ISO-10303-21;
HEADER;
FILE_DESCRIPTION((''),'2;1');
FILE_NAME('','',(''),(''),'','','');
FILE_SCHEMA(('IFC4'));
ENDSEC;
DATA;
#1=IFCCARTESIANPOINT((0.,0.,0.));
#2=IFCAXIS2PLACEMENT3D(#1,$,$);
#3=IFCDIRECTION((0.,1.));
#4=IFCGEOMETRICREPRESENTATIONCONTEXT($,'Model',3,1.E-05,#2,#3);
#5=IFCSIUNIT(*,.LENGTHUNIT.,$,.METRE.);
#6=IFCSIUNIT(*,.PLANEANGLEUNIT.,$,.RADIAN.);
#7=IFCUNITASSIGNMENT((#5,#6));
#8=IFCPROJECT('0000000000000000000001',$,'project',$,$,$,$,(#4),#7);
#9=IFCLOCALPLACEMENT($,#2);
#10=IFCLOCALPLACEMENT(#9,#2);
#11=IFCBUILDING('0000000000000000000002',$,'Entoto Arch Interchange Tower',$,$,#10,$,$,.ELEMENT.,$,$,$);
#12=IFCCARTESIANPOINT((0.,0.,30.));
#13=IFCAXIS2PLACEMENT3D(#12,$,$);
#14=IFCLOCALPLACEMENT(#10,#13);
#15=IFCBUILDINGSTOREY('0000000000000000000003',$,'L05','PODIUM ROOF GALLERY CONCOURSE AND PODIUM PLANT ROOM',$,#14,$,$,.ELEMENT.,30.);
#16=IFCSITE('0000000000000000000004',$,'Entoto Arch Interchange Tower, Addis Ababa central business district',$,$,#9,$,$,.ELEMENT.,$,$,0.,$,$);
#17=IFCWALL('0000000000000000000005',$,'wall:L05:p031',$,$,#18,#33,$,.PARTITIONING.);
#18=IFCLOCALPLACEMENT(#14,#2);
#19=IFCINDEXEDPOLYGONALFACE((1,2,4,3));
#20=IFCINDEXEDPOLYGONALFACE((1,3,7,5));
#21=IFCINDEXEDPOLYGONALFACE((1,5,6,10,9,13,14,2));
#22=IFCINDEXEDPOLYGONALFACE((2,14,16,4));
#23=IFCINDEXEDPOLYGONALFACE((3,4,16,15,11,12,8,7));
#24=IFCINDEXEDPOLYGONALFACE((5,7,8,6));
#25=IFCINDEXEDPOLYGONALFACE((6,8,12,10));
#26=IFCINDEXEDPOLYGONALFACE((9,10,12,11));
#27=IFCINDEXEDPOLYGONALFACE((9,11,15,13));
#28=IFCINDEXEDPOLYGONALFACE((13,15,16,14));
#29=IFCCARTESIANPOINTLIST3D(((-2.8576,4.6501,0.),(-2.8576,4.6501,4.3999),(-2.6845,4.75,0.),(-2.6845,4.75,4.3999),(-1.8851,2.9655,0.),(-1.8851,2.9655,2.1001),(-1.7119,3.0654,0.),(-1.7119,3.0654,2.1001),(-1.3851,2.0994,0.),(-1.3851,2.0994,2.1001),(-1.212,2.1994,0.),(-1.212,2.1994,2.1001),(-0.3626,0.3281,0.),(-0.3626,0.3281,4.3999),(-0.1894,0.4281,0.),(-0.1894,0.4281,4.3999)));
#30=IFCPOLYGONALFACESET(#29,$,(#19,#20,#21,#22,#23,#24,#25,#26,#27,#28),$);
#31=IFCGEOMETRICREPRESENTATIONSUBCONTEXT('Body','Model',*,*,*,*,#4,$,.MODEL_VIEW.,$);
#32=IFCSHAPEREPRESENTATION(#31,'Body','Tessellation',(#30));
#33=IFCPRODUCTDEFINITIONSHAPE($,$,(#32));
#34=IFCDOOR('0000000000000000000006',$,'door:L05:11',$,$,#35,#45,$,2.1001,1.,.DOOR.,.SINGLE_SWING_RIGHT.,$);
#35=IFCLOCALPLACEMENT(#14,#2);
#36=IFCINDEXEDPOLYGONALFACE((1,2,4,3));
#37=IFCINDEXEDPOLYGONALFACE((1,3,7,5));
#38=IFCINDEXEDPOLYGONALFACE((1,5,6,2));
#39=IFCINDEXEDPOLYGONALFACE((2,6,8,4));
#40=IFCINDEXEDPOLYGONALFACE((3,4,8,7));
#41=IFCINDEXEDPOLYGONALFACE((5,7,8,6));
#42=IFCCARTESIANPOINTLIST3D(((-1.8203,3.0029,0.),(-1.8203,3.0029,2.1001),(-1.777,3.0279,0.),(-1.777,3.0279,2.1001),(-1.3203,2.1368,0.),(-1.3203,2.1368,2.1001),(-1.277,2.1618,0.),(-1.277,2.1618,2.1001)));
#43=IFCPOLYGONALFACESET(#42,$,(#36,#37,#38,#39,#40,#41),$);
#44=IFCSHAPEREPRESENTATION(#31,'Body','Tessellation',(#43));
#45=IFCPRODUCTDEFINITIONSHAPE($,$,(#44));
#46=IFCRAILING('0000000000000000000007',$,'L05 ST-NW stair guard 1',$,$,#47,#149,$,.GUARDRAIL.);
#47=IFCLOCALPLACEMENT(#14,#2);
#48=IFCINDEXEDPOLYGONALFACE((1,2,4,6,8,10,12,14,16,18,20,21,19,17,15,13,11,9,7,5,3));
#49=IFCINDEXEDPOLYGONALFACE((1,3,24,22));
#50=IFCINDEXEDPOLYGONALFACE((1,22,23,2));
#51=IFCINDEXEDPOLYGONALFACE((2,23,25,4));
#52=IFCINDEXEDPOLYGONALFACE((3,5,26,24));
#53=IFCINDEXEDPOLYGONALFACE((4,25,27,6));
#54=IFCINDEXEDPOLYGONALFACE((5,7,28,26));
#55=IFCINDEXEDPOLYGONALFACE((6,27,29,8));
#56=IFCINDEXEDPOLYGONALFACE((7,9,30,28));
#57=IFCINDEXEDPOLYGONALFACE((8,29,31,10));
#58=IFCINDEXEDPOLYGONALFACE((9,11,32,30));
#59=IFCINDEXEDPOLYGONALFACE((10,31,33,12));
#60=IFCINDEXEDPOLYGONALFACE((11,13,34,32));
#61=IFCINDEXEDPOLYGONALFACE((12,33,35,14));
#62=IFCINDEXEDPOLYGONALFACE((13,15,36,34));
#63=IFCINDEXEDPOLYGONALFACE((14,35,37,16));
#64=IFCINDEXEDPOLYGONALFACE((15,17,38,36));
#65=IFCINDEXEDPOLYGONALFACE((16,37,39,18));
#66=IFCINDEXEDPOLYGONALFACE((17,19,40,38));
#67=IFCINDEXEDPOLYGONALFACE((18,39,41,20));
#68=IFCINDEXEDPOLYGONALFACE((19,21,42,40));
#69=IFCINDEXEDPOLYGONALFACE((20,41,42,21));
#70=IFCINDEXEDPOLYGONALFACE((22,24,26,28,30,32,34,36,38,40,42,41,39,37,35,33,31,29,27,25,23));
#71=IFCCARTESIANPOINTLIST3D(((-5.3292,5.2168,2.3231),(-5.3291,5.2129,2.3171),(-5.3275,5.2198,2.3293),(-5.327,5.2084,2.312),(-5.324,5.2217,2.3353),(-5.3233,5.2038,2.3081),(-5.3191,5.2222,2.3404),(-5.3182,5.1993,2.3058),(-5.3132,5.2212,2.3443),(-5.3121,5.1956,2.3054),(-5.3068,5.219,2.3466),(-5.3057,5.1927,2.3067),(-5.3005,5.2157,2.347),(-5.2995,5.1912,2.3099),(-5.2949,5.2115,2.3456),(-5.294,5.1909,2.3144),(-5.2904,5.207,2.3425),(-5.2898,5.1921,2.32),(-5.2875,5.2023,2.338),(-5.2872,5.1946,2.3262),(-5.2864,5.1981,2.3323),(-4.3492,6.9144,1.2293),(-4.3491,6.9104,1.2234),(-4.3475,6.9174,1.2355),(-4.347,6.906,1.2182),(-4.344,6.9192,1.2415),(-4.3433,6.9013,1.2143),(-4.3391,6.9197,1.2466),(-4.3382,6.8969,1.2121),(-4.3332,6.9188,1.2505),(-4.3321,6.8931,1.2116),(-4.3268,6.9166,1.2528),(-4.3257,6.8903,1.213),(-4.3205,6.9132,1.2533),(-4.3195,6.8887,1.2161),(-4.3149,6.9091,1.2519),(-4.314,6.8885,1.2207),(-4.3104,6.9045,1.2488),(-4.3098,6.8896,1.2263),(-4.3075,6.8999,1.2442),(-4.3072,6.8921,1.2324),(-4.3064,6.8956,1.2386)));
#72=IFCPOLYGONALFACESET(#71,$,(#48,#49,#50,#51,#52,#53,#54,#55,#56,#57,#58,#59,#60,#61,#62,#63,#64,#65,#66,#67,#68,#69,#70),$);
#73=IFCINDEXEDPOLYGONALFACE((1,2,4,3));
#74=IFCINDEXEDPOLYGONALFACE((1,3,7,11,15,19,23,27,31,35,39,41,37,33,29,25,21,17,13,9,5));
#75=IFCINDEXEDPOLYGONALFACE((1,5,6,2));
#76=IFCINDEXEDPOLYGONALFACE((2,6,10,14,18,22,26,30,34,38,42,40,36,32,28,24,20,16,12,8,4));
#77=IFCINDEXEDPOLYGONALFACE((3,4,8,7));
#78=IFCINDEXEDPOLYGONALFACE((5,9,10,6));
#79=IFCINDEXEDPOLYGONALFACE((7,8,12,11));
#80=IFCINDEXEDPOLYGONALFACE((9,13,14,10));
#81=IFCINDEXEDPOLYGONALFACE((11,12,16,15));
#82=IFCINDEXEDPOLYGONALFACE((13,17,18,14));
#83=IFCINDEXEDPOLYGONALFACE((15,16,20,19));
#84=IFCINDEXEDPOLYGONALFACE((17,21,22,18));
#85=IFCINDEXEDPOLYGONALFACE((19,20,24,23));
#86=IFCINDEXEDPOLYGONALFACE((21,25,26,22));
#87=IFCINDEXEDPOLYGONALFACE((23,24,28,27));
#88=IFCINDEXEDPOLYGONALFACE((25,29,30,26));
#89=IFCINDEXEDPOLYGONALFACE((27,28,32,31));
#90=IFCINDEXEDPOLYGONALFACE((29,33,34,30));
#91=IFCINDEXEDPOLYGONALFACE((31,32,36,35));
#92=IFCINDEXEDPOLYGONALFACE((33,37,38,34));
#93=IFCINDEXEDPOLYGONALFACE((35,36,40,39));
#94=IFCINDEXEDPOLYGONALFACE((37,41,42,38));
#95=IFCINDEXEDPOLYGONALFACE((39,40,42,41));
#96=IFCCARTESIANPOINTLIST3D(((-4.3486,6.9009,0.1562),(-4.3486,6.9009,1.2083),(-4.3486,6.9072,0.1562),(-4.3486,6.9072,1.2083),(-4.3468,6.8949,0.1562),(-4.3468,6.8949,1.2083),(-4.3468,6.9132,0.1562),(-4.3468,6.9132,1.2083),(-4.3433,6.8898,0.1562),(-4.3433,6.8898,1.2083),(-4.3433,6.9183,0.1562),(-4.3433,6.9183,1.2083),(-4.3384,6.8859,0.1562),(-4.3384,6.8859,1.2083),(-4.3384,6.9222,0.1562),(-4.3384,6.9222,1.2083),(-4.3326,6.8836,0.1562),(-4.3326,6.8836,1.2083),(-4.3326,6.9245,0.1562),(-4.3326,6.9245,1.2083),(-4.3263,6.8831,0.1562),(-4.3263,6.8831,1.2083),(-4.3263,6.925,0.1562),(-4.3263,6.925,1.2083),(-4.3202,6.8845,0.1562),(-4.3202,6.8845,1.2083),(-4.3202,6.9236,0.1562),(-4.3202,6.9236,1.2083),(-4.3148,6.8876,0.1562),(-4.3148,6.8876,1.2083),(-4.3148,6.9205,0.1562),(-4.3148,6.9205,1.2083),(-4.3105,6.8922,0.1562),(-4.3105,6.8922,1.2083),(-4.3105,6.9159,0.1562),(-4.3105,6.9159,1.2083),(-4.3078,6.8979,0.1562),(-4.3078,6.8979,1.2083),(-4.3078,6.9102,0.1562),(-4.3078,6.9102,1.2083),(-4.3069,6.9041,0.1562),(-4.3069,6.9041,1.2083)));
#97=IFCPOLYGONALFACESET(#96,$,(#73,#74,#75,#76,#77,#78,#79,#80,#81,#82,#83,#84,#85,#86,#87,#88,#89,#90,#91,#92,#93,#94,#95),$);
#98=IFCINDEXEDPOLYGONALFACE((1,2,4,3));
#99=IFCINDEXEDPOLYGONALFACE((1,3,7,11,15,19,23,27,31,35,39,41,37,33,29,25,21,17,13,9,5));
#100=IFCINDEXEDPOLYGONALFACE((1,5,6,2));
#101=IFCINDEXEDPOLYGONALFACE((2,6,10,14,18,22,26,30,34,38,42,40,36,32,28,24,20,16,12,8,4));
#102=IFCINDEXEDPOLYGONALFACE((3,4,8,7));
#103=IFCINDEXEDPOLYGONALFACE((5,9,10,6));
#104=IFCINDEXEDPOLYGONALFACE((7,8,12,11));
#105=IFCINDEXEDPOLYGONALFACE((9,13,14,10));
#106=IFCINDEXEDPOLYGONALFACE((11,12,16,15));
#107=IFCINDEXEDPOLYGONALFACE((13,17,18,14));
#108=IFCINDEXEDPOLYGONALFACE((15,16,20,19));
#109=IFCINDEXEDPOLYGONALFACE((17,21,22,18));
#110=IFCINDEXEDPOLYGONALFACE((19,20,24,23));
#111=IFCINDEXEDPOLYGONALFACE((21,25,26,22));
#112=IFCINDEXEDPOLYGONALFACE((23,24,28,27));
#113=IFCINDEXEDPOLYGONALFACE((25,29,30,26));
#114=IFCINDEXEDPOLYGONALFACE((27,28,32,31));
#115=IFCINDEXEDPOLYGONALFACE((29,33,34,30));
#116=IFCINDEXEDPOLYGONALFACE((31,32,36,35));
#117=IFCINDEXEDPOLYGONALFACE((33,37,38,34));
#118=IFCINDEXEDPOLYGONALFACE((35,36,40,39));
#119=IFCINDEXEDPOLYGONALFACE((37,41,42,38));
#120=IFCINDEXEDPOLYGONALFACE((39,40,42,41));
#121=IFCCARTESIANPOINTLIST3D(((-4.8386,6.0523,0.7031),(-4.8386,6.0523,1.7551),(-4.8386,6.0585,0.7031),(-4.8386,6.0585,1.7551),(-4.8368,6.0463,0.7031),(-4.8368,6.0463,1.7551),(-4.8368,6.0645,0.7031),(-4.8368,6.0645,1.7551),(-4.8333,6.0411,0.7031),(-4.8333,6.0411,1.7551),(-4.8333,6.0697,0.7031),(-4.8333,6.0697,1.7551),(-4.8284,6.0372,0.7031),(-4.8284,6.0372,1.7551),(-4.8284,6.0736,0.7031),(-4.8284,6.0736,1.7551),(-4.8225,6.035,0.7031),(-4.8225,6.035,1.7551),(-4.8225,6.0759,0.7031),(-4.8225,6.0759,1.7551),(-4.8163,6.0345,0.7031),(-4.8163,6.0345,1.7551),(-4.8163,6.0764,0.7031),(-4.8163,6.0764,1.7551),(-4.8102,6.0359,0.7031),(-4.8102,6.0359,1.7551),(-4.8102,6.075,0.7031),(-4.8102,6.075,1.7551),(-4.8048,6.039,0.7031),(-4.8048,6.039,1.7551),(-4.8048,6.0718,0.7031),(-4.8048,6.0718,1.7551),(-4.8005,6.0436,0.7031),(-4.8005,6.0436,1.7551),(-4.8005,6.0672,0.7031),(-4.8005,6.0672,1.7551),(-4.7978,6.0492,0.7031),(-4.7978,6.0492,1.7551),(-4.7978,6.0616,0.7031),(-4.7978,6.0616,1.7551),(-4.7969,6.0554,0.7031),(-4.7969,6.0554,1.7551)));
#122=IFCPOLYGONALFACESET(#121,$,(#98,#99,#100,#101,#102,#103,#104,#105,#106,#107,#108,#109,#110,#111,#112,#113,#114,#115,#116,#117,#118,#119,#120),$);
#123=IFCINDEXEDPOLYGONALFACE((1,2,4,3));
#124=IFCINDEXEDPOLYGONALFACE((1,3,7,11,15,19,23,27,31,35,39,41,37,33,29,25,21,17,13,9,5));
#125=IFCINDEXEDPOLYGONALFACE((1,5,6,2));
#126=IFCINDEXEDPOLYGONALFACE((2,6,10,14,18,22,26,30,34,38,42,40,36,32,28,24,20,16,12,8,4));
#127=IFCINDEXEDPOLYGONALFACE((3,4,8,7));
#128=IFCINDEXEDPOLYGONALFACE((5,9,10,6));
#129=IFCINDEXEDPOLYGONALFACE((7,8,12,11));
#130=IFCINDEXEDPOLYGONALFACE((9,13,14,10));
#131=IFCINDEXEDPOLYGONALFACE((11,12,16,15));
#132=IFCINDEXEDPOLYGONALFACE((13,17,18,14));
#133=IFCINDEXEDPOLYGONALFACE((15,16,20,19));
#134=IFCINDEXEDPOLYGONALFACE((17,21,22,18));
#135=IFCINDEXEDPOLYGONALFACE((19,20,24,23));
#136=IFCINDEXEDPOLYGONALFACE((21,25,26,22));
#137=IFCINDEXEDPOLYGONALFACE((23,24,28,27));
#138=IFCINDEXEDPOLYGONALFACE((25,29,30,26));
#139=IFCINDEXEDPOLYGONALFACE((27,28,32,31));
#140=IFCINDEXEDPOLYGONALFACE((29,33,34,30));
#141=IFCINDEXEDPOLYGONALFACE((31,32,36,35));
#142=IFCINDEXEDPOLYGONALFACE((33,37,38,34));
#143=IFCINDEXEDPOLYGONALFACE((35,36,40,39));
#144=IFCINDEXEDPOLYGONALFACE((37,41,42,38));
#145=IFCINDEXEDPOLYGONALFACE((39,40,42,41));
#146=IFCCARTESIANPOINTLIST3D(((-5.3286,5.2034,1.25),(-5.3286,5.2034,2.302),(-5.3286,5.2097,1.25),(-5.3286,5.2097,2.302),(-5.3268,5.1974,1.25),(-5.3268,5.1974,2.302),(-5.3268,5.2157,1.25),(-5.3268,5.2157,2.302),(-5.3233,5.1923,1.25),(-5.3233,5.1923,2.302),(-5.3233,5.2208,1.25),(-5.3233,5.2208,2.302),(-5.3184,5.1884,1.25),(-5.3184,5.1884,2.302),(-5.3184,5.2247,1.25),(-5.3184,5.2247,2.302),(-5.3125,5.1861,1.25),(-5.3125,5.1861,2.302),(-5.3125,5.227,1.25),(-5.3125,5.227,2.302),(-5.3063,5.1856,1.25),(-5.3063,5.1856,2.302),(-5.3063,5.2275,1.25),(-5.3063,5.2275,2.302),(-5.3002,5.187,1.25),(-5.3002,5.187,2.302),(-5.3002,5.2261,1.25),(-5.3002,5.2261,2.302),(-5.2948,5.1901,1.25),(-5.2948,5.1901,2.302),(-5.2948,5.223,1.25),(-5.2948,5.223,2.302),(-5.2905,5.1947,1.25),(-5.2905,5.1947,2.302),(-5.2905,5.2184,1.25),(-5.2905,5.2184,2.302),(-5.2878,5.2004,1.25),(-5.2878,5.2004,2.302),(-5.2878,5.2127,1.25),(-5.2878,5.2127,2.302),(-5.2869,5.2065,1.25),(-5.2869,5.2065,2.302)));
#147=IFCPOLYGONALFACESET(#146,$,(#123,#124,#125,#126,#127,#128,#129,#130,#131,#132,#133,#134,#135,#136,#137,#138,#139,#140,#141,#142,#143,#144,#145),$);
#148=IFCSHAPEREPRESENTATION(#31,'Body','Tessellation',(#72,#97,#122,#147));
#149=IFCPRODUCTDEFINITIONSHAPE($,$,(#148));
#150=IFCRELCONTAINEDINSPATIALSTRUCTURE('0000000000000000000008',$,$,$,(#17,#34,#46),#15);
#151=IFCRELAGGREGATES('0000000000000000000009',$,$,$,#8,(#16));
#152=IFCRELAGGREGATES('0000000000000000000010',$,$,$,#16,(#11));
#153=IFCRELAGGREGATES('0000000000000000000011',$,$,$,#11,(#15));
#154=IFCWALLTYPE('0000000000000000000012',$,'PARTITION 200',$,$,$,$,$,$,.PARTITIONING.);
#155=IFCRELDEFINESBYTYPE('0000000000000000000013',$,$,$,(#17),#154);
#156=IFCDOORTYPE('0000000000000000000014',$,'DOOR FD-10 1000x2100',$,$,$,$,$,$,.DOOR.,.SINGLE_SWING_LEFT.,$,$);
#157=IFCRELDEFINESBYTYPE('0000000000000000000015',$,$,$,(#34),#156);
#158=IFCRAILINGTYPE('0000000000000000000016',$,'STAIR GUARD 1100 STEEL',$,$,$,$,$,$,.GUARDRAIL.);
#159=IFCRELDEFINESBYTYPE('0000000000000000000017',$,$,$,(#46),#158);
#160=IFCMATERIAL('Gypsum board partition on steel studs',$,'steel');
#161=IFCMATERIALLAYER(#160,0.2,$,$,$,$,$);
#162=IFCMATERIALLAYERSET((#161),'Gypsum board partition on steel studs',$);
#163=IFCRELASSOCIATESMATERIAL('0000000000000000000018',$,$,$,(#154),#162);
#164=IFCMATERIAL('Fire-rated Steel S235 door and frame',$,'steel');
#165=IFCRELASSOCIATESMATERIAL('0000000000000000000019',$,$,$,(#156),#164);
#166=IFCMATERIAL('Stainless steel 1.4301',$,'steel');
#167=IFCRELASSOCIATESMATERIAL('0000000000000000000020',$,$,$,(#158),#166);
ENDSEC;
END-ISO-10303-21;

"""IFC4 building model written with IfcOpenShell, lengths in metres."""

from ifc_helpers import new_model, si_unit, direction, frame, frame_2d, origin, origin_2d, place, context, subcontext, project, spatial, rectangle, circle, extrude, material, layer, layer_set, type_object, element, fill, save


model = new_model("IFC4")

# Units and contexts
model_context = context("Model", 3, precision=1e-05, world=origin(), true_north=direction((0.0, 1.0)))
body_context = subcontext(model_context, "Body", "Model", "MODEL_VIEW")
ifc_project = project(units=[si_unit("LENGTHUNIT", "METRE"), si_unit("PLANEANGLEUNIT", "RADIAN")], contexts=[model_context])

# Site, building, storey
site_placement = place(None, origin())
site = spatial("IfcSite", under=ifc_project, at=site_placement, Name="Entoto Arch Interchange Tower, Addis Ababa central business district", CompositionType="ELEMENT", RefElevation=0.0)
building_placement = place(site_placement, origin())
building = spatial("IfcBuilding", under=site, at=building_placement, Name="Entoto Arch Interchange Tower", CompositionType="ELEMENT")
storey_placement = place(building_placement, frame((0.0, 0.0, 30.0)))
storey = spatial("IfcBuildingStorey", under=building, at=storey_placement, Name="L05", Description="PODIUM ROOF GALLERY CONCOURSE AND PODIUM PLANT ROOM", CompositionType="ELEMENT", Elevation=30.0)

# Shared definitions
ifc_material_1 = material(Name="Gypsum board partition on steel studs", Category="steel")
ifc_layer_1 = layer(ifc_material_1, 0.2)
ifc_layer_set_1 = layer_set([ifc_layer_1], Name="Gypsum board partition on steel studs")
wall_type_1 = type_object("IfcWallType", Name="PARTITION 200", PredefinedType="PARTITIONING", material=ifc_layer_set_1)

# Wall, opening, door
wall_1_placement = place(storey_placement, frame((-2.771, 4.7, 0.0), z_axis=(0.0, 0.0, 1.0), x_axis=(0.499969, -0.866043, 0.0)))
wall_1 = element("IfcWall", 1, at=wall_1_placement, inside=storey, type_object=wall_type_1, Name="wall:L05:p031", PredefinedType="PARTITIONING", context=body_context, shape_type="SweptSolid", body=[
    extrude(rectangle(XDim=4.9905, YDim=0.2, at=frame_2d((2.4951, 0.0))), origin(), (0.0, 0.0, 1.0), 4.3999),
])
opening_placement = place(wall_1_placement, frame((1.9451, 0.0, 0.0)))
opening = element("IfcOpeningElement", 2, at=opening_placement, cuts=wall_1, PredefinedType="OPENING", context=body_context, shape_type="SweptSolid", body=[
    extrude(rectangle(XDim=1.0, YDim=2.1001, at=frame_2d((0.5, 1.05))), frame((0.0, 0.1099, 0.0), z_axis=(0.0, -1.0, 0.0), x_axis=(1.0, 0.0, 0.0)), (0.0, 0.0, 1.0), 0.22),
])
ifc_material_2 = material(Name="Fire-rated Steel S235 door and frame", Category="steel")
door_type = type_object("IfcDoorType", Name="DOOR FD-10 1000x2100", OperationType="SINGLE_SWING_LEFT", PredefinedType="DOOR", material=ifc_material_2)
door_placement = place(opening_placement, origin())
door = element("IfcDoor", 3, at=door_placement, inside=storey, type_object=door_type, Name="door:L05:11", OperationType="SINGLE_SWING_RIGHT", OverallHeight=2.1001, OverallWidth=1.0, PredefinedType="DOOR", context=body_context, shape_type="SweptSolid", body=[
    extrude(rectangle(XDim=1.0, YDim=2.1001, at=frame_2d((0.5, 1.05))), frame((0.0, 0.0249, 0.0), z_axis=(0.0, -1.0, 0.0), x_axis=(1.0, 0.0, 0.0)), (0.0, 0.0, 1.0), 0.05),
])
fill(opening, door)

# Railing
ifc_material_3 = material(Name="Stainless steel 1.4301", Category="steel")
railing_type_1 = type_object("IfcRailingType", Name="STAIR GUARD 1100 STEEL", PredefinedType="GUARDRAIL", material=ifc_material_3)
railing_1_placement = place(storey_placement, frame((-4.3279, 6.9041, 0.1562)))
element("IfcRailing", 4, at=railing_1_placement, inside=storey, type_object=railing_type_1, Name="L05 ST-NW stair guard 1", PredefinedType="GUARDRAIL", context=body_context, shape_type="SweptSolid", body=[
    extrude(circle(Radius=0.0239, at=origin_2d()), frame((0.0, 0.0, 1.0762), z_axis=(-0.436596, -0.756267, 0.487282), x_axis=(0.866042, -0.49997, 0.0)), (0.0, 0.0, 1.0), 2.2446),
    extrude(circle(Radius=0.021, at=origin_2d()), origin(), (0.0, 0.0, 1.0), 1.052),
    extrude(circle(Radius=0.021, at=origin_2d()), frame((-0.49, -0.8486, 0.5469)), (0.0, 0.0, 1.0), 1.052),
    extrude(circle(Radius=0.021, at=origin_2d()), frame((-0.98, -1.6975, 1.0938)), (0.0, 0.0, 1.0), 1.052),
])

save(model, "model.ifc")
